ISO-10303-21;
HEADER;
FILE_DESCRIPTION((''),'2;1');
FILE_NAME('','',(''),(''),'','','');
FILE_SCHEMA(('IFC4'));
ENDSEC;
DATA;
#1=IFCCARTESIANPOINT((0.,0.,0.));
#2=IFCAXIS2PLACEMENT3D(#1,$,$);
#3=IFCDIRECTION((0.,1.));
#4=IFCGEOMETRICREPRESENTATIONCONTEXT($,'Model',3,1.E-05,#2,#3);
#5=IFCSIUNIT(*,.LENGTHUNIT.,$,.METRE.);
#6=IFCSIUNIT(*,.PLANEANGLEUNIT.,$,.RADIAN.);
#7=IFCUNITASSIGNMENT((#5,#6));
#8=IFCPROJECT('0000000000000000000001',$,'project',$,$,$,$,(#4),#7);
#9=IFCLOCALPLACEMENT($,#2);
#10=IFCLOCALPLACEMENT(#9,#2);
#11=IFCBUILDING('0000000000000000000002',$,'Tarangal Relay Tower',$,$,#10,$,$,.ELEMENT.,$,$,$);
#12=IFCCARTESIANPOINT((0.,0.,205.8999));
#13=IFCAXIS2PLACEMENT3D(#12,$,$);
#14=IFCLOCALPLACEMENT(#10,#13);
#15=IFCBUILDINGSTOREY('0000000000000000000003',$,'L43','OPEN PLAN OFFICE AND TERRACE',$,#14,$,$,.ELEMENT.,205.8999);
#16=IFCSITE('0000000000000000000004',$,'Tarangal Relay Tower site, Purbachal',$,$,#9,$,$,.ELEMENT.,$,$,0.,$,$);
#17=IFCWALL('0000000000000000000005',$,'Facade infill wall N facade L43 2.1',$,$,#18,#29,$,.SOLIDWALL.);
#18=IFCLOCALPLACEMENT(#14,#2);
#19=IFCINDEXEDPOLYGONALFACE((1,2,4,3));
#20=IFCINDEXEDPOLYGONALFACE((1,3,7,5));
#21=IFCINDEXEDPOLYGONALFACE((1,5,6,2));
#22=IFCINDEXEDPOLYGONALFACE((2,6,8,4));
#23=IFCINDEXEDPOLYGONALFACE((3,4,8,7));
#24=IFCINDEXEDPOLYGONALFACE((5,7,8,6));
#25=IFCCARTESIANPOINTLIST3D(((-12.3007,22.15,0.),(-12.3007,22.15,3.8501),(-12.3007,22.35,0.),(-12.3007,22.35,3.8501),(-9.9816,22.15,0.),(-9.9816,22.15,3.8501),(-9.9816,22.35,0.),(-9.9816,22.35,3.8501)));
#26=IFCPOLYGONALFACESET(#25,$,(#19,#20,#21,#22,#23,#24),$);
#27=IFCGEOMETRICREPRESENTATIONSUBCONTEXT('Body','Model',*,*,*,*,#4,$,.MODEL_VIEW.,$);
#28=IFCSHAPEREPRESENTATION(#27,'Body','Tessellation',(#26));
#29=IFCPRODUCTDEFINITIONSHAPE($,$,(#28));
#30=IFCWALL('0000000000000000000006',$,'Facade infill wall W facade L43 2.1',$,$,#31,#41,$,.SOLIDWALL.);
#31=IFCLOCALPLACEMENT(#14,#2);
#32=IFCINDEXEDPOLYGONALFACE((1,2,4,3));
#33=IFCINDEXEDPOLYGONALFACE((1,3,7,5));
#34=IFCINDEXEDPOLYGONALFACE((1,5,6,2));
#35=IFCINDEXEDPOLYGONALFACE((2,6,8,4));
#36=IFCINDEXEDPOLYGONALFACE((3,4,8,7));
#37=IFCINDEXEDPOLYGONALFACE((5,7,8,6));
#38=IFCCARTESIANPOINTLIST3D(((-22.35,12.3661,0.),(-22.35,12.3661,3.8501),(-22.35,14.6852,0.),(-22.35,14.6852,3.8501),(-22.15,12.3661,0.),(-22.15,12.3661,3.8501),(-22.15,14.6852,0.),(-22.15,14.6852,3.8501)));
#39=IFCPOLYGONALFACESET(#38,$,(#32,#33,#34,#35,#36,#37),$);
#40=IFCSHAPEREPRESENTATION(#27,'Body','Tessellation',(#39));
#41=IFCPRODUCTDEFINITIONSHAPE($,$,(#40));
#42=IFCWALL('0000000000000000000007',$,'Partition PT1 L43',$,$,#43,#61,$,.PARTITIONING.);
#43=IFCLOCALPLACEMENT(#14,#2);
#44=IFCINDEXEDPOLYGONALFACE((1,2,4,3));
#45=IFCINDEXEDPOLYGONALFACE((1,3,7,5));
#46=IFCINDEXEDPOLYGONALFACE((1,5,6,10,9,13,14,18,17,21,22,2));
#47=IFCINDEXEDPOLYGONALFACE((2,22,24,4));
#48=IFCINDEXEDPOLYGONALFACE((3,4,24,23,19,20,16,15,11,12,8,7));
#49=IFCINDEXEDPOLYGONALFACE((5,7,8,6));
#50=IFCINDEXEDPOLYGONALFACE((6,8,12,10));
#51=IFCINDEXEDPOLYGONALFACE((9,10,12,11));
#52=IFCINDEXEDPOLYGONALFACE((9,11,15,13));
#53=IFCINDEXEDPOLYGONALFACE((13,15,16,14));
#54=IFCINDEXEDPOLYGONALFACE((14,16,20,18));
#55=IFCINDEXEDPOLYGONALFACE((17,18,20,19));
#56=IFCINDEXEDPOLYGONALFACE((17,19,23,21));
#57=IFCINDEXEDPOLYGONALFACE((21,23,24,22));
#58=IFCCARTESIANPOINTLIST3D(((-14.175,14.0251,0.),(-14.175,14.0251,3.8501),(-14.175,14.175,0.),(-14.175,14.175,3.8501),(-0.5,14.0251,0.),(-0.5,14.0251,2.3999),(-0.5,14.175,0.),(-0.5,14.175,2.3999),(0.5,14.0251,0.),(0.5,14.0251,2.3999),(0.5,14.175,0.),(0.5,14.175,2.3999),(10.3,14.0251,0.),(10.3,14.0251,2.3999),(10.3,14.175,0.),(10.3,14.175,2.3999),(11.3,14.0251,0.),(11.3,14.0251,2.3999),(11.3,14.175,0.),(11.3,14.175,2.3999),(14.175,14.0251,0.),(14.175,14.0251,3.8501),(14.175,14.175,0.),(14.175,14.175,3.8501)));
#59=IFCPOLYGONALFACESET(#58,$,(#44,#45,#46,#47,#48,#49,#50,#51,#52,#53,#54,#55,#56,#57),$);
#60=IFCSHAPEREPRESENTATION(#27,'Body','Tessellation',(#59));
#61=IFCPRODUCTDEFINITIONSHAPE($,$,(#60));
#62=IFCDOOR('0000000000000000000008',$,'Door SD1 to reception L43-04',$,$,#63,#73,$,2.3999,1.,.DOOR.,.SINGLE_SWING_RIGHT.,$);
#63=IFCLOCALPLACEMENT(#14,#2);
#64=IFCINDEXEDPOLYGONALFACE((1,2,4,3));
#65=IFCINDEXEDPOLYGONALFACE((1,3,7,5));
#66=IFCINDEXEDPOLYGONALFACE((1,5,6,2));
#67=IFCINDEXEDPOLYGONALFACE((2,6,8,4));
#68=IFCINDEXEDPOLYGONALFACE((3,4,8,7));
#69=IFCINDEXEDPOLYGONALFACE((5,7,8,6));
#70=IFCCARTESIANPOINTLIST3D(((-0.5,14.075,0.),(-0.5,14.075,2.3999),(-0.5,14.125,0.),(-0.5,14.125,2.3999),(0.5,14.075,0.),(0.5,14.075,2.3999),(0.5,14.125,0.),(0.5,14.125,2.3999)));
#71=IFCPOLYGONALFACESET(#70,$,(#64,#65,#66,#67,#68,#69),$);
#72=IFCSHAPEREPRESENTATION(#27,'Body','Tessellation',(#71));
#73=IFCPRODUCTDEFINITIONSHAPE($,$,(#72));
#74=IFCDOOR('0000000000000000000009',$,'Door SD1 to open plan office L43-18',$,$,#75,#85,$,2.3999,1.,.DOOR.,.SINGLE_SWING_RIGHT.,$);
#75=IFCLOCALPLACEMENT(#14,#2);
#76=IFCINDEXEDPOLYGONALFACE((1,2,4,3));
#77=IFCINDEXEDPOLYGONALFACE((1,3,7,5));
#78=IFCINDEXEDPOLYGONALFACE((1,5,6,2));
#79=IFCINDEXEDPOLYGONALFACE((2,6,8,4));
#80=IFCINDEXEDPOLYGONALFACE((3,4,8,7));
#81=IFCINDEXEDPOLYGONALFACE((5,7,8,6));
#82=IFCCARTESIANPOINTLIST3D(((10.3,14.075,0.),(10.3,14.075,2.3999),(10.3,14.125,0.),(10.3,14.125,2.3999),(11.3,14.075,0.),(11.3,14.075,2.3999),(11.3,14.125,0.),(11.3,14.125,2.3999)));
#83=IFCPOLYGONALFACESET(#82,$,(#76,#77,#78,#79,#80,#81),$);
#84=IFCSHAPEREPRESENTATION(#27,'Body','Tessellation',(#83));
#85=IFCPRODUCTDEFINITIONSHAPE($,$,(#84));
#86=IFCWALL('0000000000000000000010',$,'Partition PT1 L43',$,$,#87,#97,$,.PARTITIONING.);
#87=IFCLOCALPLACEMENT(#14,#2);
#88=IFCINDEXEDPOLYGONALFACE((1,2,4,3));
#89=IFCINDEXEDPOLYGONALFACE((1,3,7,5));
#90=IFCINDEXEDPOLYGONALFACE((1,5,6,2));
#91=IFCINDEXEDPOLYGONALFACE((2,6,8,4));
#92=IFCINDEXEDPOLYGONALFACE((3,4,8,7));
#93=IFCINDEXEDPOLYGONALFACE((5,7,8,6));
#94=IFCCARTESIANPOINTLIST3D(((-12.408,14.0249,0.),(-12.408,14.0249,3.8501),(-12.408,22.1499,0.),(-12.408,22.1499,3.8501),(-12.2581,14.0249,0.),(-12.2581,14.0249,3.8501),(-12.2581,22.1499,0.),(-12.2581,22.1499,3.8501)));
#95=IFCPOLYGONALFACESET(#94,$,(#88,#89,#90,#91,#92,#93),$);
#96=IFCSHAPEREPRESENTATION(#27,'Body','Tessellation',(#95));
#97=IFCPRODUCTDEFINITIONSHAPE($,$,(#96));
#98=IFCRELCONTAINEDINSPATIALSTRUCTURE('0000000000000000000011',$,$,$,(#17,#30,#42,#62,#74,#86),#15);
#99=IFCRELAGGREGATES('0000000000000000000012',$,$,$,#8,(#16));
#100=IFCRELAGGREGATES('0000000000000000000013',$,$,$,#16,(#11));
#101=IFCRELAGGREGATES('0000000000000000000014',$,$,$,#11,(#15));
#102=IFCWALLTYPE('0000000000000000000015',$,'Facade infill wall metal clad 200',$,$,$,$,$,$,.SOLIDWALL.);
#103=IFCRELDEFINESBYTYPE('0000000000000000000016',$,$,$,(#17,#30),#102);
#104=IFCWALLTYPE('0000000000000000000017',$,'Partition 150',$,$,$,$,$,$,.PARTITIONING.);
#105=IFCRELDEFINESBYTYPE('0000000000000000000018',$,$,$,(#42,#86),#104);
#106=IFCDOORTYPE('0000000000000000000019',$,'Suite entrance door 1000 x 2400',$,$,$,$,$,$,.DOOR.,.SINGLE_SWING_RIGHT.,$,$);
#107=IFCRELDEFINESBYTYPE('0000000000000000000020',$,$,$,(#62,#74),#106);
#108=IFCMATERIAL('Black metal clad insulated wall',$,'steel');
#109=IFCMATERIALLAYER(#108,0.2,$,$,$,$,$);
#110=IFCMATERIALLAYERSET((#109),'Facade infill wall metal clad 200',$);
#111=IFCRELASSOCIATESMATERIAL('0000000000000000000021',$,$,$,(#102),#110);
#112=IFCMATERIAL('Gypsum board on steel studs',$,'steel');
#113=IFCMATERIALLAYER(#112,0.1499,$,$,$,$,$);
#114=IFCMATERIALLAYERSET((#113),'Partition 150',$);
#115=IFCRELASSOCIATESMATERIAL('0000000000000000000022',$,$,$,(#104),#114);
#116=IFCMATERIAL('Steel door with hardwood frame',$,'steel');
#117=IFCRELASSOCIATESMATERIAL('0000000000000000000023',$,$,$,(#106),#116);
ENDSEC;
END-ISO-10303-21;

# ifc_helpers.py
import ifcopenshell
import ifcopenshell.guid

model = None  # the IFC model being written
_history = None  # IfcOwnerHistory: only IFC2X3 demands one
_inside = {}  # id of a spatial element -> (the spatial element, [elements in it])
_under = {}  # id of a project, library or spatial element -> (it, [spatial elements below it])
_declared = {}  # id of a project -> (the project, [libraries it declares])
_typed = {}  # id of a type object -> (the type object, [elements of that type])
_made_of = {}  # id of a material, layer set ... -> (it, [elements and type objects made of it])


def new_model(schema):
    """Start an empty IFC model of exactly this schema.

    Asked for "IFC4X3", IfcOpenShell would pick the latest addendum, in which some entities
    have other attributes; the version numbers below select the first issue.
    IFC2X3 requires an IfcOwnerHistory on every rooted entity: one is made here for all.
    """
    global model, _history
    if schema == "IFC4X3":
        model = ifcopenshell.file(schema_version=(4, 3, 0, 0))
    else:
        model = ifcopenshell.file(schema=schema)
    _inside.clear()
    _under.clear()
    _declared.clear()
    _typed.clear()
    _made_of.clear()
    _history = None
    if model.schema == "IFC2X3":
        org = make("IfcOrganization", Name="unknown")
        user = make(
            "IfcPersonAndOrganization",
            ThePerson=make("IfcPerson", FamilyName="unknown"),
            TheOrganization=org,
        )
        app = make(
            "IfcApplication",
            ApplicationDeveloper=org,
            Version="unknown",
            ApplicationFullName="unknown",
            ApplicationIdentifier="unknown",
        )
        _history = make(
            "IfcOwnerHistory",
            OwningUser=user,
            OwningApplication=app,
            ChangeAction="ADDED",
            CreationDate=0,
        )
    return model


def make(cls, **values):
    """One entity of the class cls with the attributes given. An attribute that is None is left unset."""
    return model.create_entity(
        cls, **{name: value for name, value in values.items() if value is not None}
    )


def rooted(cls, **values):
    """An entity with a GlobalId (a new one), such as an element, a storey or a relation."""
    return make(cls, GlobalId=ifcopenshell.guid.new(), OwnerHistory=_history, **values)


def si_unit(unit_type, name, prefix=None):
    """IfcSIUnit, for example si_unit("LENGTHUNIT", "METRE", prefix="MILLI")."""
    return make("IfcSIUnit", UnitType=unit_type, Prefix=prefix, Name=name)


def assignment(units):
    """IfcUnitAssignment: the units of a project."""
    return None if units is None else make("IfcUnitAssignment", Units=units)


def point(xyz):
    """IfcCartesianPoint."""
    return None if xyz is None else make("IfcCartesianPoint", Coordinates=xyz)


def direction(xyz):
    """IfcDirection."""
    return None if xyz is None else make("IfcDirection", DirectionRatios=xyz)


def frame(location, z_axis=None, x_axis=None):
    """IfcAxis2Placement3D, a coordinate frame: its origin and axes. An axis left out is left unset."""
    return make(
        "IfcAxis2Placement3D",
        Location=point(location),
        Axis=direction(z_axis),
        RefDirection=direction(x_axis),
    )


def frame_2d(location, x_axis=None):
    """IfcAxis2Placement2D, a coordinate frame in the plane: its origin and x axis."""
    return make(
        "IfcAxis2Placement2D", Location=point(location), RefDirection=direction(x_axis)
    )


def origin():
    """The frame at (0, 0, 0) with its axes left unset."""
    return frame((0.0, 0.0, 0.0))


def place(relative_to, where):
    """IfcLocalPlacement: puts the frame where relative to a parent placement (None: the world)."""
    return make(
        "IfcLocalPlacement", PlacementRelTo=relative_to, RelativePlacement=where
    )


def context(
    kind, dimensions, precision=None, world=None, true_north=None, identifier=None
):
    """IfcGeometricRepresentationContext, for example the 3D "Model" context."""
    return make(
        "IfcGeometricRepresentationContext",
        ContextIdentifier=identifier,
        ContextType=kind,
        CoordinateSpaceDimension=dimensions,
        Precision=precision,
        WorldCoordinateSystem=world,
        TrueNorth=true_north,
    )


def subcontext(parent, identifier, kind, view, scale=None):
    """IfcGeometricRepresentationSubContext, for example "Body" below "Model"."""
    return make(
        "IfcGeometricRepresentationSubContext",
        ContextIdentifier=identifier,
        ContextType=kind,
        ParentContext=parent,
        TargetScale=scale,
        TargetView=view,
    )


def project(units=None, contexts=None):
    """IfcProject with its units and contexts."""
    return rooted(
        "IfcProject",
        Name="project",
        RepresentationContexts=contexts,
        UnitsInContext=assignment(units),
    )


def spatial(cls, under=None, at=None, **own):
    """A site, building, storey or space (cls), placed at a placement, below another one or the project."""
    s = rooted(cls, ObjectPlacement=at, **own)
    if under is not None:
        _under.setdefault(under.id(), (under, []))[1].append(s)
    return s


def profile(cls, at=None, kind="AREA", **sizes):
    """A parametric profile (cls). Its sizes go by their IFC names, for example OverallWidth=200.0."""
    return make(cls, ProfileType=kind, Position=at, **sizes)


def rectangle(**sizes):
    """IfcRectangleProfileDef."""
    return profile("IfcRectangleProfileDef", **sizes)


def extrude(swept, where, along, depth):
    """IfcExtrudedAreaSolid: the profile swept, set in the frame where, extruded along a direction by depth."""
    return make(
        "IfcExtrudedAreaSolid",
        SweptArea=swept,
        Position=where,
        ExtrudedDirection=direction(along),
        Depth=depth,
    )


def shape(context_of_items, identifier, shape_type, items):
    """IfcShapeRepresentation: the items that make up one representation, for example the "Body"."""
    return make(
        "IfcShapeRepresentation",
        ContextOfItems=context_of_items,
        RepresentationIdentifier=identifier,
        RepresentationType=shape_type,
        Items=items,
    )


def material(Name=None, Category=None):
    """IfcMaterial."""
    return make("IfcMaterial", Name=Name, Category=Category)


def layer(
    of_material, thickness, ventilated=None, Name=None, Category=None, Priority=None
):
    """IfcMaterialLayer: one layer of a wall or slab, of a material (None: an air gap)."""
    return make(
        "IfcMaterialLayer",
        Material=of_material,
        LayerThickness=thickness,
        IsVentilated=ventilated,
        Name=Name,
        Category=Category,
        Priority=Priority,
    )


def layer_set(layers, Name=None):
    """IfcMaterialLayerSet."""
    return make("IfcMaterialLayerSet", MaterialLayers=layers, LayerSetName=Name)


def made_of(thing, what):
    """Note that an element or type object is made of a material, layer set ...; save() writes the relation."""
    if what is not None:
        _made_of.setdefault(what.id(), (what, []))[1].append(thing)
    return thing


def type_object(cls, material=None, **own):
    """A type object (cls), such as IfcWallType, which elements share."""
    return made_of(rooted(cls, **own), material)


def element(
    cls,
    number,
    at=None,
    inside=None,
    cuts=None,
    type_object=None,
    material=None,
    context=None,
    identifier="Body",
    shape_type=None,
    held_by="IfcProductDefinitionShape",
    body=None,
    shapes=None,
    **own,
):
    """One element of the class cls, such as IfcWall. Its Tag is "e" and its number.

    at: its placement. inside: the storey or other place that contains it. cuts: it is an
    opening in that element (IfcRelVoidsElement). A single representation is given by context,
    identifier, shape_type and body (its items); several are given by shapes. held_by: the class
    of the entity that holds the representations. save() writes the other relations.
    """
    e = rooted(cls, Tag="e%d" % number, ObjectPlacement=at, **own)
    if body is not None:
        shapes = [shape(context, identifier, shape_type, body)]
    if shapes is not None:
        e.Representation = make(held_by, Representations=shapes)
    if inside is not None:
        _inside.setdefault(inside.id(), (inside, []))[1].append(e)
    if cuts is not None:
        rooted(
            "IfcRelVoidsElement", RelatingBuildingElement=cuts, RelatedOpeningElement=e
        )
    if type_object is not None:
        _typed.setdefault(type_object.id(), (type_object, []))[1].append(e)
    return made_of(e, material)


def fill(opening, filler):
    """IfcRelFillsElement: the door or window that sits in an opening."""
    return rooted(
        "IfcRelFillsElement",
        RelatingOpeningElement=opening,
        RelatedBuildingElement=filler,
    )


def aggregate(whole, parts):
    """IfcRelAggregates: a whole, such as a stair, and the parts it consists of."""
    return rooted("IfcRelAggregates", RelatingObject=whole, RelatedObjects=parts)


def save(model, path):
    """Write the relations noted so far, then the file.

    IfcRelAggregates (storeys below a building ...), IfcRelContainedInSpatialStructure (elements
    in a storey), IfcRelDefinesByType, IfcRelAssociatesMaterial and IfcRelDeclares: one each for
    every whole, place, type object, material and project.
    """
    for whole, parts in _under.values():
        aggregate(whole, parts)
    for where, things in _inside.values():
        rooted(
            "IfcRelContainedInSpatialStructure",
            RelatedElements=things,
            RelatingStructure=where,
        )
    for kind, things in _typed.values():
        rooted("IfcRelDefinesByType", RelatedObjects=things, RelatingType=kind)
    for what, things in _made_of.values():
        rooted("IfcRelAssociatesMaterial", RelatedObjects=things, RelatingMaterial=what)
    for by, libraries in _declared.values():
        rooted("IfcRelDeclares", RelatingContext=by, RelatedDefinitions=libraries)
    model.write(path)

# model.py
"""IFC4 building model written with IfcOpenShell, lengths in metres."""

from ifc_helpers import new_model, si_unit, direction, frame, frame_2d, origin, place, context, subcontext, project, spatial, rectangle, extrude, material, layer, layer_set, type_object, element, fill, save


model = new_model("IFC4")

# Units and contexts
model_context = context("Model", 3, precision=1e-05, world=origin(), true_north=direction((0.0, 1.0)))
body_context = subcontext(model_context, "Body", "Model", "MODEL_VIEW")
ifc_project = project(units=[si_unit("LENGTHUNIT", "METRE"), si_unit("PLANEANGLEUNIT", "RADIAN")], contexts=[model_context])

# Site, building, storey
site_placement = place(None, origin())
site = spatial("IfcSite", under=ifc_project, at=site_placement, Name="Tarangal Relay Tower site, Purbachal", CompositionType="ELEMENT", RefElevation=0.0)
building_placement = place(site_placement, origin())
building = spatial("IfcBuilding", under=site, at=building_placement, Name="Tarangal Relay Tower", CompositionType="ELEMENT")
storey_placement = place(building_placement, frame((0.0, 0.0, 205.8999)))
storey = spatial("IfcBuildingStorey", under=building, at=storey_placement, Name="L43", Description="OPEN PLAN OFFICE AND TERRACE", CompositionType="ELEMENT", Elevation=205.8999)

# Shared definitions
ifc_material_1 = material(Name="Black metal clad insulated wall", Category="steel")

# Walls
ifc_layer_1 = layer(ifc_material_1, 0.2)
ifc_layer_set_1 = layer_set([ifc_layer_1], Name="Facade infill wall metal clad 200")
wall_type_1 = type_object("IfcWallType", Name="Facade infill wall metal clad 200", PredefinedType="SOLIDWALL", material=ifc_layer_set_1)
for number, where, z_axis, x_axis, name in (
    (1, (-12.3008, 22.25, 0.0), (0.0, 0.0, 1.0), (1.0, 0.0, 0.0), "Facade infill wall N facade L43 2.1"),
    (2, (-22.25, 12.366, 0.0), (0.0, 0.0, 1.0), (0.0, 1.0, 0.0), "Facade infill wall W facade L43 2.1"),
):
    element("IfcWall", number, at=place(storey_placement, frame(where, z_axis=z_axis, x_axis=x_axis)), inside=storey, type_object=wall_type_1, Name=name, PredefinedType="SOLIDWALL", context=body_context, shape_type="SweptSolid", body=[
        extrude(rectangle(XDim=2.3191, YDim=0.2, at=frame_2d((1.1597, 0.0))), origin(), (0.0, 0.0, 1.0), 3.8501),
    ])

# Wall, openings, doors
ifc_material_2 = material(Name="Gypsum board on steel studs", Category="steel")
ifc_layer_2 = layer(ifc_material_2, 0.1499)
ifc_layer_set_2 = layer_set([ifc_layer_2], Name="Partition 150")
wall_type_2 = type_object("IfcWallType", Name="Partition 150", PredefinedType="PARTITIONING", material=ifc_layer_set_2)
wall_1_placement = place(storey_placement, frame((-14.175, 14.1001, 0.0), z_axis=(0.0, 0.0, 1.0), x_axis=(1.0, 0.0, 0.0)))
wall_1 = element("IfcWall", 3, at=wall_1_placement, inside=storey, type_object=wall_type_2, Name="Partition PT1 L43", PredefinedType="PARTITIONING", context=body_context, shape_type="SweptSolid", body=[
    extrude(rectangle(XDim=28.3501, YDim=0.1499, at=frame_2d((14.175, 0.0))), origin(), (0.0, 0.0, 1.0), 3.8501),
])
opening_1_placement = place(wall_1_placement, frame((13.675, 0.0, 0.0)))
opening_1 = element("IfcOpeningElement", 4, at=opening_1_placement, cuts=wall_1, PredefinedType="OPENING", context=body_context, shape_type="SweptSolid", body=[
    extrude(rectangle(XDim=1.0, YDim=2.3999, at=frame_2d((0.5, 1.2))), frame((0.0, 0.085, 0.0), z_axis=(0.0, -1.0, 0.0), x_axis=(1.0, 0.0, 0.0)), (0.0, 0.0, 1.0), 0.1699),
])
opening_2_placement = place(wall_1_placement, frame((24.4751, 0.0, 0.0)))
opening_2 = element("IfcOpeningElement", 5, at=opening_2_placement, cuts=wall_1, PredefinedType="OPENING", context=body_context, shape_type="SweptSolid", body=[
    extrude(rectangle(XDim=1.0, YDim=2.3999, at=frame_2d((0.5, 1.2))), frame((0.0, 0.085, 0.0), z_axis=(0.0, -1.0, 0.0), x_axis=(1.0, 0.0, 0.0)), (0.0, 0.0, 1.0), 0.1699),
])
ifc_material_3 = material(Name="Steel door with hardwood frame", Category="steel")
door_type_1 = type_object("IfcDoorType", Name="Suite entrance door 1000 x 2400", OperationType="SINGLE_SWING_RIGHT", PredefinedType="DOOR", material=ifc_material_3)
door_1_placement = place(opening_1_placement, origin())
door_1 = element("IfcDoor", 6, at=door_1_placement, inside=storey, type_object=door_type_1, Name="Door SD1 to reception L43-04", OperationType="SINGLE_SWING_RIGHT", OverallHeight=2.3999, OverallWidth=1.0, PredefinedType="DOOR", context=body_context, shape_type="SweptSolid", body=[
    extrude(rectangle(XDim=1.0, YDim=2.3999, at=frame_2d((0.5, 1.2))), frame((0.0, 0.0249, 0.0), z_axis=(0.0, -1.0, 0.0), x_axis=(1.0, 0.0, 0.0)), (0.0, 0.0, 1.0), 0.05),
])
fill(opening_1, door_1)
door_2_placement = place(opening_2_placement, origin())
door_2 = element("IfcDoor", 7, at=door_2_placement, inside=storey, type_object=door_type_1, Name="Door SD1 to open plan office L43-18", OperationType="SINGLE_SWING_RIGHT", OverallHeight=2.3999, OverallWidth=1.0, PredefinedType="DOOR", context=body_context, shape_type="SweptSolid", body=[
    extrude(rectangle(XDim=1.0, YDim=2.3999, at=frame_2d((0.5, 1.2))), frame((0.0, 0.0249, 0.0), z_axis=(0.0, -1.0, 0.0), x_axis=(1.0, 0.0, 0.0)), (0.0, 0.0, 1.0), 0.05),
])
fill(opening_2, door_2)

# Wall
wall_2_placement = place(storey_placement, frame((-12.333, 14.0249, 0.0), z_axis=(0.0, 0.0, 1.0), x_axis=(0.0, 1.0, 0.0)))
element("IfcWall", 8, at=wall_2_placement, inside=storey, type_object=wall_type_2, Name="Partition PT1 L43", PredefinedType="PARTITIONING", context=body_context, shape_type="SweptSolid", body=[
    extrude(rectangle(XDim=8.125, YDim=0.1499, at=frame_2d((4.0625, 0.0))), origin(), (0.0, 0.0, 1.0), 3.8501),
])

save(model, "model.ifc")
